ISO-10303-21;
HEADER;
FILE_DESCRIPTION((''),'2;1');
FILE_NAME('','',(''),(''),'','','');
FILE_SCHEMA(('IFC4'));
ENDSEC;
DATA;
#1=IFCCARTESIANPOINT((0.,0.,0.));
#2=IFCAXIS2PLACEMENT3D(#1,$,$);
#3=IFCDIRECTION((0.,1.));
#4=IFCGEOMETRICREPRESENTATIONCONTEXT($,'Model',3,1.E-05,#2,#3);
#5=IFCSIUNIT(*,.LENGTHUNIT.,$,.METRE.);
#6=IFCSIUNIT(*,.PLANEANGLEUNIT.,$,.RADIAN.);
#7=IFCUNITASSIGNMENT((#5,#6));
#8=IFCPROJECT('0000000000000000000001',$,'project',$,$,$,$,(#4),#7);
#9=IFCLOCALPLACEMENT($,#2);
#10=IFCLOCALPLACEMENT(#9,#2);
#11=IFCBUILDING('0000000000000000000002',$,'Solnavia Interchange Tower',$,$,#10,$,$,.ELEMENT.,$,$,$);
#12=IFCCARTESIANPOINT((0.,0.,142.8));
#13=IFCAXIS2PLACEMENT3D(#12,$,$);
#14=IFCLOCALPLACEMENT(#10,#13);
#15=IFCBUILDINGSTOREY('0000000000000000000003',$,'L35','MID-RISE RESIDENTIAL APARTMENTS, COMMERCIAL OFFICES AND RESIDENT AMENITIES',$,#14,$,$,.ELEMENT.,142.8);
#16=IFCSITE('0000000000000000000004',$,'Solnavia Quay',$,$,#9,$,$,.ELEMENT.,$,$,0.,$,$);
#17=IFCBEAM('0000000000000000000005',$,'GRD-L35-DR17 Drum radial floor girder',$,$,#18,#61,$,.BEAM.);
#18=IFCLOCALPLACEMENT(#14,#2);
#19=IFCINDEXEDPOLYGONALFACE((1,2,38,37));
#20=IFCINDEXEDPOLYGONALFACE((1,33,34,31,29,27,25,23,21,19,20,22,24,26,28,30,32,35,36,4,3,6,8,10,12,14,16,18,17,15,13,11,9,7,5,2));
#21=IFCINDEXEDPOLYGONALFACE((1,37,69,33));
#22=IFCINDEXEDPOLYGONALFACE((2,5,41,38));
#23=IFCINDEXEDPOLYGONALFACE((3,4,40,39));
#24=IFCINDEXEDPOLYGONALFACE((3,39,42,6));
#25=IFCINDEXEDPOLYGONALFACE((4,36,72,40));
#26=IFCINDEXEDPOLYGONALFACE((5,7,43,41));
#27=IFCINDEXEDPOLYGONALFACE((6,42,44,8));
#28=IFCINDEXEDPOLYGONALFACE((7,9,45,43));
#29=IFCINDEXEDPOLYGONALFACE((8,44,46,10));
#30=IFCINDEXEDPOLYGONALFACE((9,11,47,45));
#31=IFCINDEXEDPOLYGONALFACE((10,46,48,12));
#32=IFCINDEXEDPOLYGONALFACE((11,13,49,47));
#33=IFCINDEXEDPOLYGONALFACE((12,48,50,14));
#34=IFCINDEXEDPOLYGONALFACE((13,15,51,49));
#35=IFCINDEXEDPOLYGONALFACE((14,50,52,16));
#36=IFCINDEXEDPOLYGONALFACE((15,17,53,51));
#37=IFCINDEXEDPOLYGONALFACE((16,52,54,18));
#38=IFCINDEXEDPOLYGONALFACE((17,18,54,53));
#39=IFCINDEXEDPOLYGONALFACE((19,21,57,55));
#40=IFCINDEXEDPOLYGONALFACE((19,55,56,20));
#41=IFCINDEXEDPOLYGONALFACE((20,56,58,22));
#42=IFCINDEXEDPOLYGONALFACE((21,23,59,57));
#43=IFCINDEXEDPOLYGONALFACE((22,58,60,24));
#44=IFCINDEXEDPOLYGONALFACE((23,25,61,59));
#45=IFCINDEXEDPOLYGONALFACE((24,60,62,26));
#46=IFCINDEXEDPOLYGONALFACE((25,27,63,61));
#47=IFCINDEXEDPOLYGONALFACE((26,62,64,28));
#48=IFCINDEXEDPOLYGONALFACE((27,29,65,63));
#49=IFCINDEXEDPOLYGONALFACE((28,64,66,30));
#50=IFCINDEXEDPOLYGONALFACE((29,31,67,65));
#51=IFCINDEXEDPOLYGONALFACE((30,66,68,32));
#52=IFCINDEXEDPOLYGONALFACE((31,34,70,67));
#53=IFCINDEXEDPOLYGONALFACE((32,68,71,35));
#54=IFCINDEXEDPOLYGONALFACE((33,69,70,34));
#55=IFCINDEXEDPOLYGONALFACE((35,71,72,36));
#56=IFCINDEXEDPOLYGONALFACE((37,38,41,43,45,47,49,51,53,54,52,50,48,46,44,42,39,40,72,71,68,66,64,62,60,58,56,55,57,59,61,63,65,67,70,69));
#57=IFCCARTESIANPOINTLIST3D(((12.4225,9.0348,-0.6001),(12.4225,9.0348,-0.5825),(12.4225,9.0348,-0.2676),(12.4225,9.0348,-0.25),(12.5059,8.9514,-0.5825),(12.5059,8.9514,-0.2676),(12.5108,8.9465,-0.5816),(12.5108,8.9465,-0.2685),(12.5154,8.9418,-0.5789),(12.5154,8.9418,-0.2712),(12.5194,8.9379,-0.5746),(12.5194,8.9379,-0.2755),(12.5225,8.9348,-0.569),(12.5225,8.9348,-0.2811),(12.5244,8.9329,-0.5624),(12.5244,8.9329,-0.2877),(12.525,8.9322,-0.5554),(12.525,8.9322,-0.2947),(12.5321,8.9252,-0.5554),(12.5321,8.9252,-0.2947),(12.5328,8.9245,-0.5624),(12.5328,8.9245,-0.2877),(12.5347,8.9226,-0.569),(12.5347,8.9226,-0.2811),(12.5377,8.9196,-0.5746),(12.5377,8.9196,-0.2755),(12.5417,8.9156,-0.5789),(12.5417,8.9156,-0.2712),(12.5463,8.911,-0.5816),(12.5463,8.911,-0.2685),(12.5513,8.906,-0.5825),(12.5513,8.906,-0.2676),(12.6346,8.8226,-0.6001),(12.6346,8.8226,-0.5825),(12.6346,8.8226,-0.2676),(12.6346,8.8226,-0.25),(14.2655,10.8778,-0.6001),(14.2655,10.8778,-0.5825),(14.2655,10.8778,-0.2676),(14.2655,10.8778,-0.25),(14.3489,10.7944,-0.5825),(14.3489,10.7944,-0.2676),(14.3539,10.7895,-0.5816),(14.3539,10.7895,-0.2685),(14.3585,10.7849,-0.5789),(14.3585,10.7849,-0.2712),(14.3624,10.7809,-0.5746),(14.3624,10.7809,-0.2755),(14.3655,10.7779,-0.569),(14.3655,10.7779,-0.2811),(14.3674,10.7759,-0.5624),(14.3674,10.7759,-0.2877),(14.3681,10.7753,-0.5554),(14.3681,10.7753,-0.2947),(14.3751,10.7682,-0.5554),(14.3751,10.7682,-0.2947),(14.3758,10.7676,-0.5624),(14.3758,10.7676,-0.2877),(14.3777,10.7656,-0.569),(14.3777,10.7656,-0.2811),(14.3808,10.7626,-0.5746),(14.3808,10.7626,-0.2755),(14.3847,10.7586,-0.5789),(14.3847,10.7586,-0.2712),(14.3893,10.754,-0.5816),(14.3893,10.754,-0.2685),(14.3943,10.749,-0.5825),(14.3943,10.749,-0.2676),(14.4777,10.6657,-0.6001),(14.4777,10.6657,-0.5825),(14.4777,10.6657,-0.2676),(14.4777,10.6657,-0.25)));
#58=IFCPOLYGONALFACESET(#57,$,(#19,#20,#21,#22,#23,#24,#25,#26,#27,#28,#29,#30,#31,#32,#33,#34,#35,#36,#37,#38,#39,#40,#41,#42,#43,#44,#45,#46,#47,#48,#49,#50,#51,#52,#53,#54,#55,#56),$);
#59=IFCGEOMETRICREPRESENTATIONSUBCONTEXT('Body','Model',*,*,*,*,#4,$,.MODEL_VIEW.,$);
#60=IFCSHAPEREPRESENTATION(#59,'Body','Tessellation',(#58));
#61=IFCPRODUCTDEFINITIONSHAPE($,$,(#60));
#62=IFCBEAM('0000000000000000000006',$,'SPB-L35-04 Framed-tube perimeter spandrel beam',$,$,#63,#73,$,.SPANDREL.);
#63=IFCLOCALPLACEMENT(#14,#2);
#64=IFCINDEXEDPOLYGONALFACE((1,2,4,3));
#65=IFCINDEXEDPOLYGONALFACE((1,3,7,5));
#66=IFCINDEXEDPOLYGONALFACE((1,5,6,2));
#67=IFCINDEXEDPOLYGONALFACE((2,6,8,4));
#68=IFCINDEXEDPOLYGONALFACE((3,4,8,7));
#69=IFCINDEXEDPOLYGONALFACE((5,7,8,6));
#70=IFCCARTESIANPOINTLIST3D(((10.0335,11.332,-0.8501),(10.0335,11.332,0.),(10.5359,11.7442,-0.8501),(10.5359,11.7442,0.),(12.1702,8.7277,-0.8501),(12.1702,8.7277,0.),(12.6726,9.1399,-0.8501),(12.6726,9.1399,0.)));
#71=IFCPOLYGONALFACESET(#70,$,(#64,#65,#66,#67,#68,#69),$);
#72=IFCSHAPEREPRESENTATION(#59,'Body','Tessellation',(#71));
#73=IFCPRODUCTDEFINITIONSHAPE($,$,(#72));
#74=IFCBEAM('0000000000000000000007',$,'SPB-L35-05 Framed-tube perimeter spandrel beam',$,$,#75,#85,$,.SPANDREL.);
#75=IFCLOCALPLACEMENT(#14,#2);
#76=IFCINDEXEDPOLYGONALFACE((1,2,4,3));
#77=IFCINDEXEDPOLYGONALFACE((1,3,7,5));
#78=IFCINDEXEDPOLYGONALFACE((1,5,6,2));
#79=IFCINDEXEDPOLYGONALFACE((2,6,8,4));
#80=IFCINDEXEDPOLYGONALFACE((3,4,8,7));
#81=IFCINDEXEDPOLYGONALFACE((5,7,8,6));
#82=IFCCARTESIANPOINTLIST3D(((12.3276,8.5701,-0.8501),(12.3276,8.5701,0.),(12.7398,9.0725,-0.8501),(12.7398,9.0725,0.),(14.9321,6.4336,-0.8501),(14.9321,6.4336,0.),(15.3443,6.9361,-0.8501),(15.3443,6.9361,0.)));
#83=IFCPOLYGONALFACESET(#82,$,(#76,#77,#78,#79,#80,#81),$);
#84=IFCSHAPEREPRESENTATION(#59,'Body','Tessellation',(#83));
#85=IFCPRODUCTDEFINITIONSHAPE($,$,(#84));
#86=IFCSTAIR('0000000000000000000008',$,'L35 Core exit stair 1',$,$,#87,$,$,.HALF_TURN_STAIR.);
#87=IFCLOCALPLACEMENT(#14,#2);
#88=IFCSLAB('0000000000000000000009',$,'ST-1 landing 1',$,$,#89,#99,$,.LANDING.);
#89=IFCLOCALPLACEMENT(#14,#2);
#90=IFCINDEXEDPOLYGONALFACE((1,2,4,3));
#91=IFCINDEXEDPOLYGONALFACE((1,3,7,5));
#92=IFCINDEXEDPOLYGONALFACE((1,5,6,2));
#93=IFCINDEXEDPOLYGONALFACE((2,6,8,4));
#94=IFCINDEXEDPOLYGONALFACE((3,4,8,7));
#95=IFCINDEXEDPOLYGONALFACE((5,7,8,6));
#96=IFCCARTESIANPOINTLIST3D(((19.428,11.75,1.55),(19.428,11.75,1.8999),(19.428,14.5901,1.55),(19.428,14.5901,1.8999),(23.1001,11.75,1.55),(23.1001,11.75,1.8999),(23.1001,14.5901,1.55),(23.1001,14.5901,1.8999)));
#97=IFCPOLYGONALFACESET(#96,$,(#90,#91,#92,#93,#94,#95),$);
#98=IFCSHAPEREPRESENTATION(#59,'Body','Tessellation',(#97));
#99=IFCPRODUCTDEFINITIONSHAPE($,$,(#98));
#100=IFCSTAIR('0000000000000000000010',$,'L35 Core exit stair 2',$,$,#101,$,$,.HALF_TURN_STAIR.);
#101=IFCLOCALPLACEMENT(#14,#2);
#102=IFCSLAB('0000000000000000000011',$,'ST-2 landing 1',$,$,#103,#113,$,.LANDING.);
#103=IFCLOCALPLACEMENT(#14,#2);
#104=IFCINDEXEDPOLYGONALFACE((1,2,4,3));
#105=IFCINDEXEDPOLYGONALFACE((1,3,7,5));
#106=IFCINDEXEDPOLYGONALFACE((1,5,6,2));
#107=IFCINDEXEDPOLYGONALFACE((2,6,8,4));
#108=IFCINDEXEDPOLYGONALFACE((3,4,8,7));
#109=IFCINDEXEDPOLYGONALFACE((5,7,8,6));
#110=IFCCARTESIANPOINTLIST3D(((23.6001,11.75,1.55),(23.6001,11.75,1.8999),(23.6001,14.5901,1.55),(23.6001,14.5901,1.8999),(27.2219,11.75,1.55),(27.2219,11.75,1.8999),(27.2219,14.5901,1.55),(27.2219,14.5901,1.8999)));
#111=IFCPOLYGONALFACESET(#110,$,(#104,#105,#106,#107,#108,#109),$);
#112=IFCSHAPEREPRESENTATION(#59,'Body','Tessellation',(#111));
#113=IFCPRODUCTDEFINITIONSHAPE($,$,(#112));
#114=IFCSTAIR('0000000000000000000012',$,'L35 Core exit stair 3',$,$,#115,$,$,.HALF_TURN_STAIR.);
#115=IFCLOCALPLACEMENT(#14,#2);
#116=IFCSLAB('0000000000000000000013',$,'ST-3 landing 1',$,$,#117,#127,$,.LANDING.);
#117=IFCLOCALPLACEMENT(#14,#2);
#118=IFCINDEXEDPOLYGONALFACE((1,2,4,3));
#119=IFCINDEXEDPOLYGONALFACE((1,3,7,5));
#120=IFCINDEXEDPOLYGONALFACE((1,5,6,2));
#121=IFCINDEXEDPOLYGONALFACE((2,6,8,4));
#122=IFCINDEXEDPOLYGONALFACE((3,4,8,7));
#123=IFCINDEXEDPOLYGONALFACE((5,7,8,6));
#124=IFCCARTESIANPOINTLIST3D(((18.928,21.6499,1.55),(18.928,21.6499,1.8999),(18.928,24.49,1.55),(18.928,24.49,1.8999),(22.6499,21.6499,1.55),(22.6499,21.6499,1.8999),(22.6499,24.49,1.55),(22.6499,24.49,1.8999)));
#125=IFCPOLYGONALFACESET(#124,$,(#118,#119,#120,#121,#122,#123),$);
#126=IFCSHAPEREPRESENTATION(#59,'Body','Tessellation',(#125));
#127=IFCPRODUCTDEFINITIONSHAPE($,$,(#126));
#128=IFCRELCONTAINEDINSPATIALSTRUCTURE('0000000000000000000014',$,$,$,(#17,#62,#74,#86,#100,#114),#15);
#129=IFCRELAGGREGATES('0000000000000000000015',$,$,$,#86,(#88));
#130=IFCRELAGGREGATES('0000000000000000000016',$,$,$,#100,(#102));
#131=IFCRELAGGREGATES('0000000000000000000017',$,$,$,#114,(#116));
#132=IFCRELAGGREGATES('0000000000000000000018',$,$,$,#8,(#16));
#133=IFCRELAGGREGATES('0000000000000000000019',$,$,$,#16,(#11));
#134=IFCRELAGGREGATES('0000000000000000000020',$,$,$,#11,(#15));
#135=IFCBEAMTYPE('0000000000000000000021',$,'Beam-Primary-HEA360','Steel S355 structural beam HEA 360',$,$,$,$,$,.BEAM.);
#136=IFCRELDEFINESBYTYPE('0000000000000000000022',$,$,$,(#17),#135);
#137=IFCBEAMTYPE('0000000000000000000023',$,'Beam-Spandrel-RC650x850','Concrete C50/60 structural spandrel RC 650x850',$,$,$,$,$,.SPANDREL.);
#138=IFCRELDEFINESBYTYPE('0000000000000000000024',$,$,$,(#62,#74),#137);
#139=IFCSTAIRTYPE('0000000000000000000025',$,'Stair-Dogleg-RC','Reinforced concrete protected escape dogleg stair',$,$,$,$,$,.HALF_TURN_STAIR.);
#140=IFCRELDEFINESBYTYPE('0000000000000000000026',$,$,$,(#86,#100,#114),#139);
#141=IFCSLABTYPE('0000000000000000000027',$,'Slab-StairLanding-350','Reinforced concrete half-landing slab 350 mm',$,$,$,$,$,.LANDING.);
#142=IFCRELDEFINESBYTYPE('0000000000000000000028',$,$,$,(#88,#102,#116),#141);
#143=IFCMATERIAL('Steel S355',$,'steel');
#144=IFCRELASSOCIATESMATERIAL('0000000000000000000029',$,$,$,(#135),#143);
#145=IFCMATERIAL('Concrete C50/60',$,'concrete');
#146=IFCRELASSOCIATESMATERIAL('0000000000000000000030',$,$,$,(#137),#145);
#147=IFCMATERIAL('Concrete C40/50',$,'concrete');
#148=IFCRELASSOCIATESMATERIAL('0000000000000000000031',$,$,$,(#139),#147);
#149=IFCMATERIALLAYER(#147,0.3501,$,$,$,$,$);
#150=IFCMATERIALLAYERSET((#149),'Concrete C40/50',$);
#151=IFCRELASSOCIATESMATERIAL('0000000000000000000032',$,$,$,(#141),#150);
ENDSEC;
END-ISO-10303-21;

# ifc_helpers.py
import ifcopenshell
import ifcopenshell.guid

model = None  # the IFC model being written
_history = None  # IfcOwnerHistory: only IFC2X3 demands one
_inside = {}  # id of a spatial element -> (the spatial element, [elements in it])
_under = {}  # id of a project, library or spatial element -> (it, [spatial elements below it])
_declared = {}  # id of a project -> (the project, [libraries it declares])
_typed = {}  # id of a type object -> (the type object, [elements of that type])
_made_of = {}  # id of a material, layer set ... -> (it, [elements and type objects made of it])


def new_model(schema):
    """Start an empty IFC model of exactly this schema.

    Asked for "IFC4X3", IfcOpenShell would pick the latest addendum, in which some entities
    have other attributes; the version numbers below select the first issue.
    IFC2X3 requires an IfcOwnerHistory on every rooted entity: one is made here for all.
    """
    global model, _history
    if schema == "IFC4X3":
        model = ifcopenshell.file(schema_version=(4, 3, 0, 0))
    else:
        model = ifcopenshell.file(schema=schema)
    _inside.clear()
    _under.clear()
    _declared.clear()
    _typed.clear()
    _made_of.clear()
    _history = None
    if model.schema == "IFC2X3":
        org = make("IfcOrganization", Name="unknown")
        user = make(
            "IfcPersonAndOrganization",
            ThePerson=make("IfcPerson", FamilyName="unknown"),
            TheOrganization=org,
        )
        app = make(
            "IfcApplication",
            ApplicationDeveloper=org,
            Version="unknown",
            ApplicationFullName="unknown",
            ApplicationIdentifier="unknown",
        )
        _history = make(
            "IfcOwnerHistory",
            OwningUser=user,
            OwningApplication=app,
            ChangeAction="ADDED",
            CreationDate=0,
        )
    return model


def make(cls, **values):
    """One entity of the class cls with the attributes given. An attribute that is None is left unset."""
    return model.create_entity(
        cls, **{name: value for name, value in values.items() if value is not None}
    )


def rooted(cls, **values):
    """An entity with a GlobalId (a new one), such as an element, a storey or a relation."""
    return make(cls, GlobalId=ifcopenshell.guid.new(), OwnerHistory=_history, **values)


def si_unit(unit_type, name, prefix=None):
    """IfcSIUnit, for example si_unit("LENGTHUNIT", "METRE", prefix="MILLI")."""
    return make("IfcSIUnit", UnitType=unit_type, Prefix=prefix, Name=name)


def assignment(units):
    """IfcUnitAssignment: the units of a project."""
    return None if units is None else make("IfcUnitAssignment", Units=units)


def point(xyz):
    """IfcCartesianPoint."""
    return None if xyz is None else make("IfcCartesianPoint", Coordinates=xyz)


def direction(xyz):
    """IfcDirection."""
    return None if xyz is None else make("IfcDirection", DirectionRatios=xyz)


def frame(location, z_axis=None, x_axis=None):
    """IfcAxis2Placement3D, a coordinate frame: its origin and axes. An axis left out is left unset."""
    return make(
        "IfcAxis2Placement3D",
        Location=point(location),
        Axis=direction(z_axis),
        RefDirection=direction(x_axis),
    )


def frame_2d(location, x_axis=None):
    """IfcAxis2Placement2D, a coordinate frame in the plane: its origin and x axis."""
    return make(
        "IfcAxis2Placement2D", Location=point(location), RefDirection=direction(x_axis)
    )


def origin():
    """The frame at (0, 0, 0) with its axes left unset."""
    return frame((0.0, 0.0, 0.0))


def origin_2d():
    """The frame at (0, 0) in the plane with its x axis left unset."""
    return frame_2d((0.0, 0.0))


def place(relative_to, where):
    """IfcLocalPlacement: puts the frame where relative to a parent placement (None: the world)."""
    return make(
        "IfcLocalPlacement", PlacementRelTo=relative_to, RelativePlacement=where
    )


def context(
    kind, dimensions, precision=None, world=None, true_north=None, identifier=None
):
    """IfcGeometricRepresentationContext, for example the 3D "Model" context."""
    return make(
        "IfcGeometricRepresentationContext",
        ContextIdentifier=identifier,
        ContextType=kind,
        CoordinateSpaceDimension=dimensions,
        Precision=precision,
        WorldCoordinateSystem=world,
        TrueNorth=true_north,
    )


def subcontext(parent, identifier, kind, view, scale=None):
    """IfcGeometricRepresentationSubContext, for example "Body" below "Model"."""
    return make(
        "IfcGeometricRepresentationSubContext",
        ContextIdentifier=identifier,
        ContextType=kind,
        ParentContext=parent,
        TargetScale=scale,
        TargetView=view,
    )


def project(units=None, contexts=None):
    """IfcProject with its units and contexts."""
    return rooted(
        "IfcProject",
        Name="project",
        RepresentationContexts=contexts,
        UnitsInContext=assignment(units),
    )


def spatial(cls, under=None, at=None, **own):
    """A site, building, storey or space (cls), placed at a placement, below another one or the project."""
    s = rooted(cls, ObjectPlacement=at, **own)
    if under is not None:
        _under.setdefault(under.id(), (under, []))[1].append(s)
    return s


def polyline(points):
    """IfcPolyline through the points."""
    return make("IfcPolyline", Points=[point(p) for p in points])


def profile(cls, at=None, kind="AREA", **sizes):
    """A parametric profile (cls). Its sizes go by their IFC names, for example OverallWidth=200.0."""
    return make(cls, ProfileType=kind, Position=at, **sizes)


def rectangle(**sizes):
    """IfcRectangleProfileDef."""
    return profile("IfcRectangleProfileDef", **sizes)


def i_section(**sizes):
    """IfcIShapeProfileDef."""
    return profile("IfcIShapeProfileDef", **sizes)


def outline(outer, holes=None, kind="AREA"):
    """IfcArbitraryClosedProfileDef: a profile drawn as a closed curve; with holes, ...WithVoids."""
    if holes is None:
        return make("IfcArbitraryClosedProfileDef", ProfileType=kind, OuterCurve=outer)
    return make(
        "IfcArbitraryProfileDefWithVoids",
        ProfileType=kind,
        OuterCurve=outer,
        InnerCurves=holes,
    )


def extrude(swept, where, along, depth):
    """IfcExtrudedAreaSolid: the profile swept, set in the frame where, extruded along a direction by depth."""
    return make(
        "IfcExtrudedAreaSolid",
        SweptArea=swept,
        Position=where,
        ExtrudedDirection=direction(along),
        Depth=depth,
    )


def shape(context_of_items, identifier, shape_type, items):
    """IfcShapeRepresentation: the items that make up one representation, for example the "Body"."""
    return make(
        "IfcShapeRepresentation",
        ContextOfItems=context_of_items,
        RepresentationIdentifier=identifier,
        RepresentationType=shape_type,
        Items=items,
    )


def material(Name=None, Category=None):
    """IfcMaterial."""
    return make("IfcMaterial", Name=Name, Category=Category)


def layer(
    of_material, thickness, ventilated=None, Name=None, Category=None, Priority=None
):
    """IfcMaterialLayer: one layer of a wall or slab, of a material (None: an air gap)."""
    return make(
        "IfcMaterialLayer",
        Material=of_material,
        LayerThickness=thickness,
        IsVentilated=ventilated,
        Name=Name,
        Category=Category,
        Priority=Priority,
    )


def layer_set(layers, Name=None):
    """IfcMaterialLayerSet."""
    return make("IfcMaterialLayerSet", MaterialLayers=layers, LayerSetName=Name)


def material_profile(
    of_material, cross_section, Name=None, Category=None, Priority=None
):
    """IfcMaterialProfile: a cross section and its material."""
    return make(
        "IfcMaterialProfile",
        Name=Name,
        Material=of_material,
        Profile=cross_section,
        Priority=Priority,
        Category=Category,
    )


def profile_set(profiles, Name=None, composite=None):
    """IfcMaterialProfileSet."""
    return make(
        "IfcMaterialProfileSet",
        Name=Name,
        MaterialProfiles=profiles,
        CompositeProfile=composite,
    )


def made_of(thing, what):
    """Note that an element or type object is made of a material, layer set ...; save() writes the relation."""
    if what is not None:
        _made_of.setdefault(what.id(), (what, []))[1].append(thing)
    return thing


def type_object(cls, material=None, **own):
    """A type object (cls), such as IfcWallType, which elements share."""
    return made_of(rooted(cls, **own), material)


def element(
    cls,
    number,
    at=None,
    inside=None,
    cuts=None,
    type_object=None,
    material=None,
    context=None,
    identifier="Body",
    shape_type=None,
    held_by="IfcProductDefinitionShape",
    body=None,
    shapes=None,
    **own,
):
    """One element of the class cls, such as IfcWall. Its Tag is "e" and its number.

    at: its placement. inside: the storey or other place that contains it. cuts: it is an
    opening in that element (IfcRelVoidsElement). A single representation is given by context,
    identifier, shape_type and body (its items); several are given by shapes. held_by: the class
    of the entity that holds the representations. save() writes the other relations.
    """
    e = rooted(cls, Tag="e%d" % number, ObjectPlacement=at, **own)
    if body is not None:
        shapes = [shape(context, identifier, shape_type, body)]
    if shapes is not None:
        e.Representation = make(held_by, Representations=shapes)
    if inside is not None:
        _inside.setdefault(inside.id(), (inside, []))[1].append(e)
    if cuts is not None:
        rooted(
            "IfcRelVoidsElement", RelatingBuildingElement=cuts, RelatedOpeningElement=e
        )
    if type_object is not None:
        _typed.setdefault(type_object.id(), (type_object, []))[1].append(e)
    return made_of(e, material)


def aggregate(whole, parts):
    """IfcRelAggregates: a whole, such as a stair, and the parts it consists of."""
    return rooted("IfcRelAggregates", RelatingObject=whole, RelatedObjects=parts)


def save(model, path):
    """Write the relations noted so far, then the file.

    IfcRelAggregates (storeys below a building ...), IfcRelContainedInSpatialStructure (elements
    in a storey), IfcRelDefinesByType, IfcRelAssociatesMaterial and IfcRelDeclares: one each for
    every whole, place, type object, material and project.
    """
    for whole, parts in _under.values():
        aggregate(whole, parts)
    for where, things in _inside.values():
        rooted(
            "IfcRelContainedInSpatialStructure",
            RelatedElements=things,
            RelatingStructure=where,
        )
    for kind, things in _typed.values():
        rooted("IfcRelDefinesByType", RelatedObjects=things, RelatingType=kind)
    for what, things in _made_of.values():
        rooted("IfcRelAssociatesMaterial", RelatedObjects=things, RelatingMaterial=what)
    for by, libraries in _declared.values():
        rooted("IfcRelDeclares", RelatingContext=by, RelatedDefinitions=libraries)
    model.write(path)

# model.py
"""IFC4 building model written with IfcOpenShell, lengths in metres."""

from ifc_helpers import new_model, si_unit, direction, frame, origin, origin_2d, place, context, subcontext, project, spatial, polyline, rectangle, i_section, outline, extrude, material, layer, layer_set, material_profile, profile_set, type_object, element, aggregate, save


model = new_model("IFC4")

# Units and contexts
model_context = context("Model", 3, precision=1e-05, world=origin(), true_north=direction((0.0, 1.0)))
body_context = subcontext(model_context, "Body", "Model", "MODEL_VIEW")
ifc_project = project(units=[si_unit("LENGTHUNIT", "METRE"), si_unit("PLANEANGLEUNIT", "RADIAN")], contexts=[model_context])

# Site, building, storey
site_placement = place(None, origin())
site = spatial("IfcSite", under=ifc_project, at=site_placement, Name="Solnavia Quay", CompositionType="ELEMENT", RefElevation=0.0)
building_placement = place(site_placement, origin())
building = spatial("IfcBuilding", under=site, at=building_placement, Name="Solnavia Interchange Tower", CompositionType="ELEMENT")
storey_placement = place(building_placement, frame((0.0, 0.0, 142.8)))
storey = spatial("IfcBuildingStorey", under=building, at=storey_placement, Name="L35", Description="MID-RISE RESIDENTIAL APARTMENTS, COMMERCIAL OFFICES AND RESIDENT AMENITIES", CompositionType="ELEMENT", Elevation=142.8)

# Shared definitions
ifc_material_1 = material(Name="Concrete C50/60", Category="concrete")
ifc_material_2 = material(Name="Steel S355", Category="steel")

# Beams
ifc_material_profile_1 = material_profile(ifc_material_2, i_section(OverallWidth=0.3, OverallDepth=0.3501, WebThickness=0.01, FlangeThickness=0.0176, FilletRadius=0.0271, at=origin_2d()), Name="HEA 360")
ifc_profile_set_1 = profile_set([ifc_material_profile_1], Name="Steel S355")
beam_type_1 = type_object("IfcBeamType", Name="Beam-Primary-HEA360", Description="Steel S355 structural beam HEA 360", PredefinedType="BEAM", material=ifc_profile_set_1)
beam_1_placement = place(storey_placement, frame((12.5286, 8.9287, -0.425), z_axis=(0.707107, 0.707107, 0.0), x_axis=(-0.707107, 0.707107, 0.0)))
element("IfcBeam", 1, at=beam_1_placement, inside=storey, type_object=beam_type_1, Name="GRD-L35-DR17 Drum radial floor girder", PredefinedType="BEAM", context=body_context, shape_type="SweptSolid", body=[
    extrude(i_section(OverallWidth=0.3, OverallDepth=0.3501, WebThickness=0.01, FlangeThickness=0.0176, FilletRadius=0.0271, at=origin_2d()), origin(), (0.0, 0.0, 1.0), 2.6064),
])
ifc_material_profile_2 = material_profile(ifc_material_1, rectangle(XDim=0.6499, YDim=0.8501, at=origin_2d()), Name="RC 650x850")
ifc_profile_set_2 = profile_set([ifc_material_profile_2], Name="Concrete C50/60")
beam_type_2 = type_object("IfcBeamType", Name="Beam-Spandrel-RC650x850", Description="Concrete C50/60 structural spandrel RC 650x850", PredefinedType="SPANDREL", material=ifc_profile_set_2)
for number, where, z_axis, x_axis, name in (
    (2, (10.2847, 11.5381, -0.425), (0.634299, -0.773088, 0.0), (0.773088, 0.634299, 0.0), "SPB-L35-04 Framed-tube perimeter spandrel beam"),
    (3, (12.5337, 8.8213, -0.425), (0.773153, -0.63422, 0.0), (0.63422, 0.773153, 0.0), "SPB-L35-05 Framed-tube perimeter spandrel beam"),
):
    element("IfcBeam", number, at=place(storey_placement, frame(where, z_axis=z_axis, x_axis=x_axis)), inside=storey, type_object=beam_type_2, Name=name, PredefinedType="SPANDREL", context=body_context, shape_type="SweptSolid", body=[
        extrude(rectangle(XDim=0.6499, YDim=0.8501, at=origin_2d()), origin(), (0.0, 0.0, 1.0), 3.3687),
    ])

# Stairs, slabs
ifc_material_3 = material(Name="Concrete C40/50", Category="concrete")
stair_type = type_object("IfcStairType", Name="Stair-Dogleg-RC", Description="Reinforced concrete protected escape dogleg stair", PredefinedType="HALF_TURN_STAIR", material=ifc_material_3)
stair_1_placement = place(storey_placement, origin())
stair_1 = element("IfcStair", 4, at=stair_1_placement, inside=storey, type_object=stair_type, Name="L35 Core exit stair 1", PredefinedType="HALF_TURN_STAIR")
ifc_layer_1 = layer(ifc_material_3, 0.3501)
ifc_layer_set_1 = layer_set([ifc_layer_1], Name="Concrete C40/50")
slab_type_1 = type_object("IfcSlabType", Name="Slab-StairLanding-350", Description="Reinforced concrete half-landing slab 350 mm", PredefinedType="LANDING", material=ifc_layer_set_1)
slab_1_placement = place(storey_placement, frame((0.0, 0.0, 1.55)))
slab_1 = element("IfcSlab", 5, at=slab_1_placement, type_object=slab_type_1, Name="ST-1 landing 1", PredefinedType="LANDING", context=body_context, shape_type="SweptSolid", body=[
    extrude(outline(polyline([(19.428, 11.75), (23.1001, 11.75), (23.1001, 14.5901), (19.428, 14.5901), (19.428, 11.75)])), origin(), (0.0, 0.0, 1.0), 0.3499),
])
aggregate(stair_1, [slab_1])
stair_2_placement = place(storey_placement, origin())
stair_2 = element("IfcStair", 6, at=stair_2_placement, inside=storey, type_object=stair_type, Name="L35 Core exit stair 2", PredefinedType="HALF_TURN_STAIR")
slab_2_placement = place(storey_placement, frame((0.0, 0.0, 1.55)))
slab_2 = element("IfcSlab", 7, at=slab_2_placement, type_object=slab_type_1, Name="ST-2 landing 1", PredefinedType="LANDING", context=body_context, shape_type="SweptSolid", body=[
    extrude(outline(polyline([(23.6001, 11.75), (27.2219, 11.75), (27.2219, 14.5901), (23.6001, 14.5901), (23.6001, 11.75)])), origin(), (0.0, 0.0, 1.0), 0.3499),
])
aggregate(stair_2, [slab_2])
stair_3_placement = place(storey_placement, origin())
stair_3 = element("IfcStair", 8, at=stair_3_placement, inside=storey, type_object=stair_type, Name="L35 Core exit stair 3", PredefinedType="HALF_TURN_STAIR")
slab_3_placement = place(storey_placement, frame((0.0, 0.0, 1.55)))
slab_3 = element("IfcSlab", 9, at=slab_3_placement, type_object=slab_type_1, Name="ST-3 landing 1", PredefinedType="LANDING", context=body_context, shape_type="SweptSolid", body=[
    extrude(outline(polyline([(18.928, 21.6499), (22.6499, 21.6499), (22.6499, 24.49), (18.928, 24.49), (18.928, 21.6499)])), origin(), (0.0, 0.0, 1.0), 0.3499),
])
aggregate(stair_3, [slab_3])

save(model, "model.ifc")
